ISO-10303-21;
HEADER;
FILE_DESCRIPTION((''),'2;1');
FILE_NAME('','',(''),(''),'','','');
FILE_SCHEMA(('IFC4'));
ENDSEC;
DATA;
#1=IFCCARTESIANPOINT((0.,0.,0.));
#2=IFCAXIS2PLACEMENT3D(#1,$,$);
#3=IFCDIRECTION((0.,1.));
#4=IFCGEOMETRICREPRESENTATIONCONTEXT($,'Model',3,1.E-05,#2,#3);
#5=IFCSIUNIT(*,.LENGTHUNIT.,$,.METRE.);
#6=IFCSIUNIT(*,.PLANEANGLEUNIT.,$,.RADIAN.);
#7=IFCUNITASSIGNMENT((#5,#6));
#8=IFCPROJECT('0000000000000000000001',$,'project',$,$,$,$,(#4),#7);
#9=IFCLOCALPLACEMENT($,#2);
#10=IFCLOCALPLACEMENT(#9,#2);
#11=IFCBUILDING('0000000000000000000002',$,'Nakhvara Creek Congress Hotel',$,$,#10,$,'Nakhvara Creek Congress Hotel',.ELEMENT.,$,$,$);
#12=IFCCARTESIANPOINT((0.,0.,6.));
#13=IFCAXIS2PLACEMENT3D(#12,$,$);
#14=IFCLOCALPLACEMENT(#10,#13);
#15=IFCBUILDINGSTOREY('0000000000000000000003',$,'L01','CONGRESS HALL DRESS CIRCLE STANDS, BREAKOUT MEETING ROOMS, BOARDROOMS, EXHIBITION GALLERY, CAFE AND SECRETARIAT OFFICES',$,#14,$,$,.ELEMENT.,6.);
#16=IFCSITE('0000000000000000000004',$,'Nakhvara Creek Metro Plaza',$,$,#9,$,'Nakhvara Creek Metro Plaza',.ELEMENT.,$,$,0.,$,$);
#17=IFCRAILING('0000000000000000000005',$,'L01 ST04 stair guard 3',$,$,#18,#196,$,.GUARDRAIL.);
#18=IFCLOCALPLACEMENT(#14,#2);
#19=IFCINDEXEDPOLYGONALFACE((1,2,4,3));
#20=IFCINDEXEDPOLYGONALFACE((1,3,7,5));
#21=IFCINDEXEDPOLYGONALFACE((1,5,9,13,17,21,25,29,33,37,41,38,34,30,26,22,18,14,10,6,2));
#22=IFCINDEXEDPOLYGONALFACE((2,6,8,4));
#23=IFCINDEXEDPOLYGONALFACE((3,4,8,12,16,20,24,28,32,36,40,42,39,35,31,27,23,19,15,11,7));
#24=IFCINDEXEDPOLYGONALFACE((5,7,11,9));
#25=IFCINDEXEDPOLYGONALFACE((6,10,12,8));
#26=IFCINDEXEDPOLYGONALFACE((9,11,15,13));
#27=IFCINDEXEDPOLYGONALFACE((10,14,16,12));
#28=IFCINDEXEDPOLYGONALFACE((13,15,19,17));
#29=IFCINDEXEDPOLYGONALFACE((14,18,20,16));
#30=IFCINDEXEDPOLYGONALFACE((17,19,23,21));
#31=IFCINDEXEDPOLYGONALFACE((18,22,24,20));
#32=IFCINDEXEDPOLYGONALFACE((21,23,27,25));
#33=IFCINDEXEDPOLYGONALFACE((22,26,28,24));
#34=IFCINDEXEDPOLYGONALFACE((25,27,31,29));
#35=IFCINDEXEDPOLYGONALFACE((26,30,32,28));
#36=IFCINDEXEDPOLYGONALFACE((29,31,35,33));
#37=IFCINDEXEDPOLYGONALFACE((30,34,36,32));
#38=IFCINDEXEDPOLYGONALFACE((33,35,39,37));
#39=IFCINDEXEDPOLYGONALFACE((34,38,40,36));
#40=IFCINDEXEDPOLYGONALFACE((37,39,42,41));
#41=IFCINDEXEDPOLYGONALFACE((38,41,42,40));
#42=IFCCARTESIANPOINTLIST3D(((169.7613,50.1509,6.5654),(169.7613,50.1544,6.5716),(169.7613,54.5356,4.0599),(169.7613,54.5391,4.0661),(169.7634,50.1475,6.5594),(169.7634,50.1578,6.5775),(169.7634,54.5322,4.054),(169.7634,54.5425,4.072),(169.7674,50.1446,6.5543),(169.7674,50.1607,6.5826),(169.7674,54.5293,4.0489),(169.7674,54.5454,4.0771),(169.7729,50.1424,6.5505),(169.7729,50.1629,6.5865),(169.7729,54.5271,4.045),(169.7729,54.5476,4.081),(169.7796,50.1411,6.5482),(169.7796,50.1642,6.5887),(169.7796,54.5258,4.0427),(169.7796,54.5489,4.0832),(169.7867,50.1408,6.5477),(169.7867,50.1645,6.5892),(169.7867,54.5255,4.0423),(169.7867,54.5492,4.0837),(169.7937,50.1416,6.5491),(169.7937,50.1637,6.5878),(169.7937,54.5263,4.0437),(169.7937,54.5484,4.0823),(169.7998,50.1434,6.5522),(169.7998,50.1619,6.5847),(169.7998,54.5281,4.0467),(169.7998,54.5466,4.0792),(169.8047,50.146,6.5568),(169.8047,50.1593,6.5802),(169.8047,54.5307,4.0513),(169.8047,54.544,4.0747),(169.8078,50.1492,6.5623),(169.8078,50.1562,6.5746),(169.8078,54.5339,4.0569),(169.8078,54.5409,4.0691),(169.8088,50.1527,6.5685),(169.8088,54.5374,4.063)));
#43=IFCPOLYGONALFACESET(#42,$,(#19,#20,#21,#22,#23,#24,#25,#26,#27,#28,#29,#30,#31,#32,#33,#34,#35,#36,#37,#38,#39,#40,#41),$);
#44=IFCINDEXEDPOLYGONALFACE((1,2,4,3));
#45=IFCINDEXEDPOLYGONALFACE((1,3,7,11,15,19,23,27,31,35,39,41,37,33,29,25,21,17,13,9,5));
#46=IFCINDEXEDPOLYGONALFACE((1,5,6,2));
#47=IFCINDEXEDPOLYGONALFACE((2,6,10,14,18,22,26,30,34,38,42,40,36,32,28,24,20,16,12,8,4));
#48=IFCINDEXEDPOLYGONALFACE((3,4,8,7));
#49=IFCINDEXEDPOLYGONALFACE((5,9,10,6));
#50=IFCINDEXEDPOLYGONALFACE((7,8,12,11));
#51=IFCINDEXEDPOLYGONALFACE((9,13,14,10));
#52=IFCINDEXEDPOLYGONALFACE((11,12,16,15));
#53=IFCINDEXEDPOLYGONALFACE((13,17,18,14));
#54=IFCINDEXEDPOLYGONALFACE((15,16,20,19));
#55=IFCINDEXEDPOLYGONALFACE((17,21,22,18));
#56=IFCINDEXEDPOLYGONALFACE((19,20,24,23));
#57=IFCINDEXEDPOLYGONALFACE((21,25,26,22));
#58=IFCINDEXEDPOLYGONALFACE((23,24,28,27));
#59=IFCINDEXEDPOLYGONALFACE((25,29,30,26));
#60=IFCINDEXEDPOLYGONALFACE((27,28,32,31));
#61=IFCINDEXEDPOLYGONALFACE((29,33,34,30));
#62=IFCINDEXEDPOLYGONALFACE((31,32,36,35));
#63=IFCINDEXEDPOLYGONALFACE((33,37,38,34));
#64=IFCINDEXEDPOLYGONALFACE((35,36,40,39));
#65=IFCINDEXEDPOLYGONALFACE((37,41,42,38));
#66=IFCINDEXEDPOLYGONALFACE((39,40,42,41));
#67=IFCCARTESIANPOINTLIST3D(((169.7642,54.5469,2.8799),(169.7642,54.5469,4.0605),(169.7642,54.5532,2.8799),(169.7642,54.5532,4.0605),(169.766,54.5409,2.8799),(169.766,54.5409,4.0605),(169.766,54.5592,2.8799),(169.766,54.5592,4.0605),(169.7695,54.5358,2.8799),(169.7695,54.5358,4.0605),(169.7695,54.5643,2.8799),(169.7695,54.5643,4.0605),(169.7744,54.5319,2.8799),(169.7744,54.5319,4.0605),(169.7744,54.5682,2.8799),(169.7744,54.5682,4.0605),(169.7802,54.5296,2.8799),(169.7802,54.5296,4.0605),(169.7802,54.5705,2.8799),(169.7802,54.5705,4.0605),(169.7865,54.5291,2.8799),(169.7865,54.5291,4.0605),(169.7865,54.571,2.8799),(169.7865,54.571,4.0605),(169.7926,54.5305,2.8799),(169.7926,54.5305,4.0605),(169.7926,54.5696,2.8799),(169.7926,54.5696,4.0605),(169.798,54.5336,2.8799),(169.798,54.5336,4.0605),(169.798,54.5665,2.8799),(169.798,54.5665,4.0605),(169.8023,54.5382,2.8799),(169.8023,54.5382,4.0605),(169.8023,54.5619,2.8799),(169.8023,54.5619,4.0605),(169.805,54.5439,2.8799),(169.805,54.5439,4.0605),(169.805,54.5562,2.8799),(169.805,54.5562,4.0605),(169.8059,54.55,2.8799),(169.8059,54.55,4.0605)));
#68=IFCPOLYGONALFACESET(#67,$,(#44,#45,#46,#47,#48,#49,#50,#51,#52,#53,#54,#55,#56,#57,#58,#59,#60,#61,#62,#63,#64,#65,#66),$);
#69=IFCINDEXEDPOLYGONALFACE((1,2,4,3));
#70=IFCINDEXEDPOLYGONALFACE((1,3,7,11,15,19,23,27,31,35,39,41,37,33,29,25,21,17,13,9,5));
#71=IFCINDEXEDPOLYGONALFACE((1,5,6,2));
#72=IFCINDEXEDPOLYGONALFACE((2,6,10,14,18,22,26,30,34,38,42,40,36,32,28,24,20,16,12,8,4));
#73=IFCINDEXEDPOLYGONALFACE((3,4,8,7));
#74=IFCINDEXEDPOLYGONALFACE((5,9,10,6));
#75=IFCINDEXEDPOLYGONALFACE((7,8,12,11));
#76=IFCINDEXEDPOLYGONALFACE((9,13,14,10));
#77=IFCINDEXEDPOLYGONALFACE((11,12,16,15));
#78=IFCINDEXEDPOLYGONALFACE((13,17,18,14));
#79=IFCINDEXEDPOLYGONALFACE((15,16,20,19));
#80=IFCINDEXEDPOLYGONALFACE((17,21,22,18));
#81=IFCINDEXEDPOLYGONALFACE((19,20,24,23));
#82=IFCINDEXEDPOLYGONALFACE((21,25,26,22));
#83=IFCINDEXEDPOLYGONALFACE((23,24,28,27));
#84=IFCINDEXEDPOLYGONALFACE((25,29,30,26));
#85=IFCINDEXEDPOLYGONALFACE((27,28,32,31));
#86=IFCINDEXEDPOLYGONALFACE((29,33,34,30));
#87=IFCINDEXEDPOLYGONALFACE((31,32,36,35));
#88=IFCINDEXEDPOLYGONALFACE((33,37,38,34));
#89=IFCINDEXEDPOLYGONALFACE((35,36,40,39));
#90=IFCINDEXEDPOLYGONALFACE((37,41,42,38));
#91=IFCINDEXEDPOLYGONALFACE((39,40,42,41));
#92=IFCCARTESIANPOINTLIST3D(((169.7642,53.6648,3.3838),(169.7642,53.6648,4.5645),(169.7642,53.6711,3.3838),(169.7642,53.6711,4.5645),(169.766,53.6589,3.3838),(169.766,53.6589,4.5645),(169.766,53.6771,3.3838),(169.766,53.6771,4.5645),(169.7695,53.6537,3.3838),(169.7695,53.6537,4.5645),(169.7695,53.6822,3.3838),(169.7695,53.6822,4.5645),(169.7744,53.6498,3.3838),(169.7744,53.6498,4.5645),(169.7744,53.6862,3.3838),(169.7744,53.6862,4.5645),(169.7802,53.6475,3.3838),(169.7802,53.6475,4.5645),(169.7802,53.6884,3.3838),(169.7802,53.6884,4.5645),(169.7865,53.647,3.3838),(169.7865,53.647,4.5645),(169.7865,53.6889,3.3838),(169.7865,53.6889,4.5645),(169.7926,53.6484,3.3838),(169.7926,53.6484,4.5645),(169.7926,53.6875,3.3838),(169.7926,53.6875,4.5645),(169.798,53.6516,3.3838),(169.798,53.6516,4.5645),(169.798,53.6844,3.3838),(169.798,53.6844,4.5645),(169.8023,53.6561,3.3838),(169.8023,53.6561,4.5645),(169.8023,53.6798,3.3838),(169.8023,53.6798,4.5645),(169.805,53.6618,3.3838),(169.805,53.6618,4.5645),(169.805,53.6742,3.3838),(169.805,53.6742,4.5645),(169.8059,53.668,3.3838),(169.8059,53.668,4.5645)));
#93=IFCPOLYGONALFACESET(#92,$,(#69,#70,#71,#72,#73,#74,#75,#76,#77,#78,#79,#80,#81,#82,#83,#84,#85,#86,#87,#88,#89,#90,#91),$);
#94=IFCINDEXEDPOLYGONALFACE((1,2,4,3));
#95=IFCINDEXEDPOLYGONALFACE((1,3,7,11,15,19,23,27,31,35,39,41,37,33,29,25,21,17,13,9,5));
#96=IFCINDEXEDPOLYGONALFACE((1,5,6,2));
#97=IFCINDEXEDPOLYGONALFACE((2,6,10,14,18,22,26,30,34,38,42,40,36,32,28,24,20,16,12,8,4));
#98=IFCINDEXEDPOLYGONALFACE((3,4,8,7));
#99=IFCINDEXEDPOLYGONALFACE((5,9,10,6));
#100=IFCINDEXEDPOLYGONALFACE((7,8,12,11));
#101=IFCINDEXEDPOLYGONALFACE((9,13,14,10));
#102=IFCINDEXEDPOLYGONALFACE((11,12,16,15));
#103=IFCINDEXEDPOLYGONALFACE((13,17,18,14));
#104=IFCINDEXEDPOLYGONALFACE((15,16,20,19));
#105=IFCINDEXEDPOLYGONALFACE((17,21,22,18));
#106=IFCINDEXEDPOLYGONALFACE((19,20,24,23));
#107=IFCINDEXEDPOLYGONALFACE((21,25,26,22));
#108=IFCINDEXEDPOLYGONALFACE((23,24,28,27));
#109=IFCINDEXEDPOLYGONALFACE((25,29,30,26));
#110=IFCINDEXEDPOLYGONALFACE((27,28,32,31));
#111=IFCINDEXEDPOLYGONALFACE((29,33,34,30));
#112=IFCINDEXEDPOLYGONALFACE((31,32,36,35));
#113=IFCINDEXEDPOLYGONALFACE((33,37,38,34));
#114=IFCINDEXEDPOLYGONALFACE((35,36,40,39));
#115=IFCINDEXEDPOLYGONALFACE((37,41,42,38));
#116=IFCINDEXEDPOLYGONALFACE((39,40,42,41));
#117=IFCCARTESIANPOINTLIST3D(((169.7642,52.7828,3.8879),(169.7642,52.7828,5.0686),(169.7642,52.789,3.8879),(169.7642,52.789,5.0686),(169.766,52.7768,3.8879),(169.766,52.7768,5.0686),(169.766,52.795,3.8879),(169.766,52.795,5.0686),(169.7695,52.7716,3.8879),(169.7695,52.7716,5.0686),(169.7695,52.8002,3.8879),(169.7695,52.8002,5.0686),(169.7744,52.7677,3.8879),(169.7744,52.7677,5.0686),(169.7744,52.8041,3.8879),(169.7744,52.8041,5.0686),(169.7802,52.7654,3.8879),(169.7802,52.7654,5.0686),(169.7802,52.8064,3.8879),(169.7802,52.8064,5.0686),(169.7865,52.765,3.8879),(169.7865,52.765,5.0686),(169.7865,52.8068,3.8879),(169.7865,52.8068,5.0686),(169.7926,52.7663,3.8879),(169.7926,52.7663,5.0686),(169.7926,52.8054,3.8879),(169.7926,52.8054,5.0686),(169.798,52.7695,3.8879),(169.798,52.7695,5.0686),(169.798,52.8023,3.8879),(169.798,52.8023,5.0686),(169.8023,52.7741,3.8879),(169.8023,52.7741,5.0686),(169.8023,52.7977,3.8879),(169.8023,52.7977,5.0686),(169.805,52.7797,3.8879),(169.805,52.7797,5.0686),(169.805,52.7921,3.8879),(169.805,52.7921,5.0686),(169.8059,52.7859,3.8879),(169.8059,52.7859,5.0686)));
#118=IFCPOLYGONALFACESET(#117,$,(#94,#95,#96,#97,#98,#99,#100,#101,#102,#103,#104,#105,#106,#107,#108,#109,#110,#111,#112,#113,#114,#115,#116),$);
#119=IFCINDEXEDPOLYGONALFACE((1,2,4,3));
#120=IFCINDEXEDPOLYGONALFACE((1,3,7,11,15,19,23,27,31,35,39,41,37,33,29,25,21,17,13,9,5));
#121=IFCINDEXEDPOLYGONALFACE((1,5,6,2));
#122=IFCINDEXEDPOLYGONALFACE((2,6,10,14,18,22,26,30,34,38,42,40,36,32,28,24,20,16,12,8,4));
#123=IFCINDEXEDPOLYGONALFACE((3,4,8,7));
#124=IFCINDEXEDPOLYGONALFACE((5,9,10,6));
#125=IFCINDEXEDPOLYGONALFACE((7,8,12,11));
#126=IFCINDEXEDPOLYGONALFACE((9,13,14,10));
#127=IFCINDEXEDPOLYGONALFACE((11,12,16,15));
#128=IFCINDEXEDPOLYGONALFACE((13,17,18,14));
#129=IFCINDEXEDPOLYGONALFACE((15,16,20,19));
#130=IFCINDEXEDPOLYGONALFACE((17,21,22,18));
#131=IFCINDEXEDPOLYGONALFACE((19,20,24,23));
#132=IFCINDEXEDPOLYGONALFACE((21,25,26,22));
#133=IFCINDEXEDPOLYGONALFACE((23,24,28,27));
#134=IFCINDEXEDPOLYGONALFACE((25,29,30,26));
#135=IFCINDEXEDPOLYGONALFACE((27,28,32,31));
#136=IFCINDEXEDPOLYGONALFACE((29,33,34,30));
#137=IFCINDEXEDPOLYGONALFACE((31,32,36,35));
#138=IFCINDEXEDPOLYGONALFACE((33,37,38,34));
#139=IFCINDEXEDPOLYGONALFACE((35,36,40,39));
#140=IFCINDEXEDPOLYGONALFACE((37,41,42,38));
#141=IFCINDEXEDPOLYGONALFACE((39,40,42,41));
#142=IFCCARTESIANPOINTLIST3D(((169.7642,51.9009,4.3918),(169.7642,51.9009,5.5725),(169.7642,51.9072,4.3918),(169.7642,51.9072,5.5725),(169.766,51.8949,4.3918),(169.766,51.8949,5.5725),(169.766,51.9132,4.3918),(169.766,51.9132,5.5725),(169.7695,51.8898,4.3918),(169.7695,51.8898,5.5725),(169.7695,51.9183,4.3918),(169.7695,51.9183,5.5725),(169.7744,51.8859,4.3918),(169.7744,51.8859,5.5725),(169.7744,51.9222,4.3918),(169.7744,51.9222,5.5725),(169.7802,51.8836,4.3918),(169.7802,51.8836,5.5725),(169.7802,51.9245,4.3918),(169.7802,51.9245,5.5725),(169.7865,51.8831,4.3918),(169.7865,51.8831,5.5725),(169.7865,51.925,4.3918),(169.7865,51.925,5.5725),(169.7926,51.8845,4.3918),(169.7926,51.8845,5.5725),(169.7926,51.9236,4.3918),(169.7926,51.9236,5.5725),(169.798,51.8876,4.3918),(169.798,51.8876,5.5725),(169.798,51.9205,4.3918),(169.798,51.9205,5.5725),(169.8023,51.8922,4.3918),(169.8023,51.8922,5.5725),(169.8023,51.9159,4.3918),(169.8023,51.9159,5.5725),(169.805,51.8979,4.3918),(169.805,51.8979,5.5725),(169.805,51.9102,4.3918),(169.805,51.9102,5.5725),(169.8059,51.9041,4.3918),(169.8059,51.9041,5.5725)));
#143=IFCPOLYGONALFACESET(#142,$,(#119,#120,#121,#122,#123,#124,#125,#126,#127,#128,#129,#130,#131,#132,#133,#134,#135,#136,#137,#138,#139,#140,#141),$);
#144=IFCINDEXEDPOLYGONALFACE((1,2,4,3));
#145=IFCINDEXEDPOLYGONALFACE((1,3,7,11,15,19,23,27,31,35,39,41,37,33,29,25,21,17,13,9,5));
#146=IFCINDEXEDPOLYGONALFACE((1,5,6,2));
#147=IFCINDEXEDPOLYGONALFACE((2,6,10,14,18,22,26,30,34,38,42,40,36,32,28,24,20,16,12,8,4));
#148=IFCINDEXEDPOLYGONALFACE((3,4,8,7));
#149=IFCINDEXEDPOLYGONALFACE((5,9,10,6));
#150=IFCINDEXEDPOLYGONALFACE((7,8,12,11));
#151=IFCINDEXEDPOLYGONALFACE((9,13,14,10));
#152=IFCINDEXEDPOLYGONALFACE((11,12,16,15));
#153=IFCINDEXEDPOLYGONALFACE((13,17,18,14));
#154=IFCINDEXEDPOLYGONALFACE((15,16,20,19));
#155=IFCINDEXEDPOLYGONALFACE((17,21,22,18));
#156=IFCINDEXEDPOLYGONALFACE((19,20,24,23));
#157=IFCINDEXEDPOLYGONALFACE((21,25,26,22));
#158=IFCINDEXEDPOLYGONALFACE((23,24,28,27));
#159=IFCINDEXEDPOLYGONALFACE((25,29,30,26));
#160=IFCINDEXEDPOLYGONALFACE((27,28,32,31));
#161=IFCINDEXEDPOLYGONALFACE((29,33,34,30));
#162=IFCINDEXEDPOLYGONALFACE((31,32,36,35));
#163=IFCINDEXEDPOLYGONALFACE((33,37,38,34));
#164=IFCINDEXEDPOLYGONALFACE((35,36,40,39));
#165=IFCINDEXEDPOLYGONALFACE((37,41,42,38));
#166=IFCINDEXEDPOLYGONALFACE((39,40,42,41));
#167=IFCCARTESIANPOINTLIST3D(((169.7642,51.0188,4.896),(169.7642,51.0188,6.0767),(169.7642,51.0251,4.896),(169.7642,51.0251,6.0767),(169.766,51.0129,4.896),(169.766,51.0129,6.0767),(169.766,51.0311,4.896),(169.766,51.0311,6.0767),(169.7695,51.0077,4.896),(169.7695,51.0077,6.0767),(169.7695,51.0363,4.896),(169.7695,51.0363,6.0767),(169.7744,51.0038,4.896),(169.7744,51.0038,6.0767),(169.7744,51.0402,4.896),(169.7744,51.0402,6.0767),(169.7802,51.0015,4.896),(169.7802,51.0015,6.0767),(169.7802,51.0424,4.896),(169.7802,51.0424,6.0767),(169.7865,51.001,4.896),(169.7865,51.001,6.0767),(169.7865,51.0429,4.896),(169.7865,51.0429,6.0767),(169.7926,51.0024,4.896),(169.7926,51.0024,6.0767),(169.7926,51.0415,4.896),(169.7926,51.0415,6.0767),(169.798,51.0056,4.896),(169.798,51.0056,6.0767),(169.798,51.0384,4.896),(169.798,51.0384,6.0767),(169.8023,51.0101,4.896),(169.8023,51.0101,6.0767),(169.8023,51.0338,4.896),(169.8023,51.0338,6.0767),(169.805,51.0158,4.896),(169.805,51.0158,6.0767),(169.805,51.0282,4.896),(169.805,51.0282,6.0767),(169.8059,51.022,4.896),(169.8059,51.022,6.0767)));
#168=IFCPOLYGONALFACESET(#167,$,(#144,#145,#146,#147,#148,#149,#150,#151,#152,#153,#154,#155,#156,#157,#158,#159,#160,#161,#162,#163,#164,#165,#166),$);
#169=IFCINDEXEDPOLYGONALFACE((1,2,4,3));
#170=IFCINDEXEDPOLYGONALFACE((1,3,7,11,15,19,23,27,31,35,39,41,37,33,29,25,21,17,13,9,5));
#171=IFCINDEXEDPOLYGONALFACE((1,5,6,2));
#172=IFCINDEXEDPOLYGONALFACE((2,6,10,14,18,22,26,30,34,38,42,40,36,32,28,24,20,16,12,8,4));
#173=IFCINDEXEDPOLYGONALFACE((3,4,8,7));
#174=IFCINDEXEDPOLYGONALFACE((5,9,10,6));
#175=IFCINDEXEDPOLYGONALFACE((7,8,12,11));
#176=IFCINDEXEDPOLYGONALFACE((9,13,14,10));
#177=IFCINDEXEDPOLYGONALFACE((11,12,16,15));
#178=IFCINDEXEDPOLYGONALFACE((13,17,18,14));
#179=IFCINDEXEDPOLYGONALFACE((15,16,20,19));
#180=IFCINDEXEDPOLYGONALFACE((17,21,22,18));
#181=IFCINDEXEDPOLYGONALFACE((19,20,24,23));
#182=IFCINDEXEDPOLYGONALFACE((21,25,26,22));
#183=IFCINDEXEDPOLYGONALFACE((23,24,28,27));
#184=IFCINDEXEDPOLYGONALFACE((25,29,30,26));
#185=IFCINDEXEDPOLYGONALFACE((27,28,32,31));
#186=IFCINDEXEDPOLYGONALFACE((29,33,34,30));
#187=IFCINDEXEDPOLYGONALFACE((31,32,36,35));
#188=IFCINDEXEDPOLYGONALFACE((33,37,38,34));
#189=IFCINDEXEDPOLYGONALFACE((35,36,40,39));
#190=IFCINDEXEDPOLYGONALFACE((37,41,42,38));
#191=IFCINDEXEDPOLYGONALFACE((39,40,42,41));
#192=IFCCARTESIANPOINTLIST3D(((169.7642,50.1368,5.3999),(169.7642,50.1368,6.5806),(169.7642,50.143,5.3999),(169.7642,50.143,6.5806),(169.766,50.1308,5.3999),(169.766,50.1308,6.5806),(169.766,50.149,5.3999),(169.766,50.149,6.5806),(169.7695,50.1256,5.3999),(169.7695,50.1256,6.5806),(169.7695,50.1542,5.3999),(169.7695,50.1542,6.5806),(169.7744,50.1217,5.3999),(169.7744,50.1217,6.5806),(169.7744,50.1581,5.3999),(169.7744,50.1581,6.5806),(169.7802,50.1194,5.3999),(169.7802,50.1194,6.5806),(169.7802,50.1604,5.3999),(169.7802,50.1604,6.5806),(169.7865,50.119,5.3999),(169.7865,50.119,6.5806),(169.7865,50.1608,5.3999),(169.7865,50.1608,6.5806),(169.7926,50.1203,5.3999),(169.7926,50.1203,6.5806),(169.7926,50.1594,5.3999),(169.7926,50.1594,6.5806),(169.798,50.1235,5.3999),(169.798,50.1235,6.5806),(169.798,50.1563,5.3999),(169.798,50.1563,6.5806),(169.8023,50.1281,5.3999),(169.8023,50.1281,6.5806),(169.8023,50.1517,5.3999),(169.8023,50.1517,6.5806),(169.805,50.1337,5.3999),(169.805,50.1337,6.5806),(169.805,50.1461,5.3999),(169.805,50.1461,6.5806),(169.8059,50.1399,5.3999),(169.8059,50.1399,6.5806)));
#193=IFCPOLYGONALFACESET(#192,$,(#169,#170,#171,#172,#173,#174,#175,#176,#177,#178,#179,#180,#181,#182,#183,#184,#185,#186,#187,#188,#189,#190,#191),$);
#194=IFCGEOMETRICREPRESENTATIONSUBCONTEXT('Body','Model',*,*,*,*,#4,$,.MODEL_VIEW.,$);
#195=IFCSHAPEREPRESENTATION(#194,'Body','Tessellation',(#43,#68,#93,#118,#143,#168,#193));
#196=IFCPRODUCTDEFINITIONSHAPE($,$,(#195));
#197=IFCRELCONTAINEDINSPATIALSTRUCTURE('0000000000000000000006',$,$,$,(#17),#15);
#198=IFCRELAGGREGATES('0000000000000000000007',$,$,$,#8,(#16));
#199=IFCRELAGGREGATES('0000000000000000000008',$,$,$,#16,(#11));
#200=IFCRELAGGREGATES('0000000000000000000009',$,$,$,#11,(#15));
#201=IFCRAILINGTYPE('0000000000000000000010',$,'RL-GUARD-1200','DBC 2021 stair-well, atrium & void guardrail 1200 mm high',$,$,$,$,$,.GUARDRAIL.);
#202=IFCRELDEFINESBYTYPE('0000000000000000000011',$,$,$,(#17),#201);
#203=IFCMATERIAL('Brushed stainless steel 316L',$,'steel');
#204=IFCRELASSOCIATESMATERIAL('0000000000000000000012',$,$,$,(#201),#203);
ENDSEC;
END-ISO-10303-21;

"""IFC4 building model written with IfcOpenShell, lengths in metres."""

from ifc_helpers import new_model, si_unit, direction, frame, origin, origin_2d, place, context, subcontext, project, spatial, circle, extrude, material, type_object, element, save


model = new_model("IFC4")

# Units and contexts
model_context = context("Model", 3, precision=1e-05, world=origin(), true_north=direction((0.0, 1.0)))
body_context = subcontext(model_context, "Body", "Model", "MODEL_VIEW")
ifc_project = project(units=[si_unit("LENGTHUNIT", "METRE"), si_unit("PLANEANGLEUNIT", "RADIAN")], contexts=[model_context])

# Site, building, storey
site_placement = place(None, origin())
site = spatial("IfcSite", under=ifc_project, at=site_placement, Name="Nakhvara Creek Metro Plaza", LongName="Nakhvara Creek Metro Plaza", CompositionType="ELEMENT", RefElevation=0.0)
building_placement = place(site_placement, origin())
building = spatial("IfcBuilding", under=site, at=building_placement, Name="Nakhvara Creek Congress Hotel", LongName="Nakhvara Creek Congress Hotel", CompositionType="ELEMENT")
storey_placement = place(building_placement, frame((0.0, 0.0, 6.0)))
storey = spatial("IfcBuildingStorey", under=building, at=storey_placement, Name="L01", Description="CONGRESS HALL DRESS CIRCLE STANDS, BREAKOUT MEETING ROOMS, BOARDROOMS, EXHIBITION GALLERY, CAFE AND SECRETARIAT OFFICES", CompositionType="ELEMENT", Elevation=6.0)

# Railing
ifc_material_1 = material(Name="Brushed stainless steel 316L", Category="steel")
railing_type_1 = type_object("IfcRailingType", Name="RL-GUARD-1200", Description="DBC 2021 stair-well, atrium & void guardrail 1200 mm high", PredefinedType="GUARDRAIL", material=ifc_material_1)
railing_1_placement = place(storey_placement, frame((169.7849, 54.55, 2.8799)))
element("IfcRailing", 1, at=railing_1_placement, inside=storey, type_object=railing_type_1, Name="L01 ST04 stair guard 3", PredefinedType="GUARDRAIL", context=body_context, shape_type="SweptSolid", body=[
    extrude(circle(Radius=0.0239, at=origin_2d()), frame((0.0, -0.0127, 1.1831), z_axis=(0.0, -0.868249, 0.496129), x_axis=(1.0, 0.0, 0.0)), (0.0, 0.0, 1.0), 5.05),
    extrude(circle(Radius=0.021, at=origin_2d()), origin(), (0.0, 0.0, 1.0), 1.1807),
    extrude(circle(Radius=0.021, at=origin_2d()), frame((0.0, -0.8821, 0.5039)), (0.0, 0.0, 1.0), 1.1807),
    extrude(circle(Radius=0.021, at=origin_2d()), frame((0.0, -1.7642, 1.0081)), (0.0, 0.0, 1.0), 1.1807),
    extrude(circle(Radius=0.021, at=origin_2d()), frame((0.0, -2.646, 1.512)), (0.0, 0.0, 1.0), 1.1807),
    extrude(circle(Radius=0.021, at=origin_2d()), frame((0.0, -3.5281, 2.0161)), (0.0, 0.0, 1.0), 1.1807),
    extrude(circle(Radius=0.021, at=origin_2d()), frame((0.0, -4.4102, 2.52)), (0.0, 0.0, 1.0), 1.1807),
])

save(model, "model.ifc")
